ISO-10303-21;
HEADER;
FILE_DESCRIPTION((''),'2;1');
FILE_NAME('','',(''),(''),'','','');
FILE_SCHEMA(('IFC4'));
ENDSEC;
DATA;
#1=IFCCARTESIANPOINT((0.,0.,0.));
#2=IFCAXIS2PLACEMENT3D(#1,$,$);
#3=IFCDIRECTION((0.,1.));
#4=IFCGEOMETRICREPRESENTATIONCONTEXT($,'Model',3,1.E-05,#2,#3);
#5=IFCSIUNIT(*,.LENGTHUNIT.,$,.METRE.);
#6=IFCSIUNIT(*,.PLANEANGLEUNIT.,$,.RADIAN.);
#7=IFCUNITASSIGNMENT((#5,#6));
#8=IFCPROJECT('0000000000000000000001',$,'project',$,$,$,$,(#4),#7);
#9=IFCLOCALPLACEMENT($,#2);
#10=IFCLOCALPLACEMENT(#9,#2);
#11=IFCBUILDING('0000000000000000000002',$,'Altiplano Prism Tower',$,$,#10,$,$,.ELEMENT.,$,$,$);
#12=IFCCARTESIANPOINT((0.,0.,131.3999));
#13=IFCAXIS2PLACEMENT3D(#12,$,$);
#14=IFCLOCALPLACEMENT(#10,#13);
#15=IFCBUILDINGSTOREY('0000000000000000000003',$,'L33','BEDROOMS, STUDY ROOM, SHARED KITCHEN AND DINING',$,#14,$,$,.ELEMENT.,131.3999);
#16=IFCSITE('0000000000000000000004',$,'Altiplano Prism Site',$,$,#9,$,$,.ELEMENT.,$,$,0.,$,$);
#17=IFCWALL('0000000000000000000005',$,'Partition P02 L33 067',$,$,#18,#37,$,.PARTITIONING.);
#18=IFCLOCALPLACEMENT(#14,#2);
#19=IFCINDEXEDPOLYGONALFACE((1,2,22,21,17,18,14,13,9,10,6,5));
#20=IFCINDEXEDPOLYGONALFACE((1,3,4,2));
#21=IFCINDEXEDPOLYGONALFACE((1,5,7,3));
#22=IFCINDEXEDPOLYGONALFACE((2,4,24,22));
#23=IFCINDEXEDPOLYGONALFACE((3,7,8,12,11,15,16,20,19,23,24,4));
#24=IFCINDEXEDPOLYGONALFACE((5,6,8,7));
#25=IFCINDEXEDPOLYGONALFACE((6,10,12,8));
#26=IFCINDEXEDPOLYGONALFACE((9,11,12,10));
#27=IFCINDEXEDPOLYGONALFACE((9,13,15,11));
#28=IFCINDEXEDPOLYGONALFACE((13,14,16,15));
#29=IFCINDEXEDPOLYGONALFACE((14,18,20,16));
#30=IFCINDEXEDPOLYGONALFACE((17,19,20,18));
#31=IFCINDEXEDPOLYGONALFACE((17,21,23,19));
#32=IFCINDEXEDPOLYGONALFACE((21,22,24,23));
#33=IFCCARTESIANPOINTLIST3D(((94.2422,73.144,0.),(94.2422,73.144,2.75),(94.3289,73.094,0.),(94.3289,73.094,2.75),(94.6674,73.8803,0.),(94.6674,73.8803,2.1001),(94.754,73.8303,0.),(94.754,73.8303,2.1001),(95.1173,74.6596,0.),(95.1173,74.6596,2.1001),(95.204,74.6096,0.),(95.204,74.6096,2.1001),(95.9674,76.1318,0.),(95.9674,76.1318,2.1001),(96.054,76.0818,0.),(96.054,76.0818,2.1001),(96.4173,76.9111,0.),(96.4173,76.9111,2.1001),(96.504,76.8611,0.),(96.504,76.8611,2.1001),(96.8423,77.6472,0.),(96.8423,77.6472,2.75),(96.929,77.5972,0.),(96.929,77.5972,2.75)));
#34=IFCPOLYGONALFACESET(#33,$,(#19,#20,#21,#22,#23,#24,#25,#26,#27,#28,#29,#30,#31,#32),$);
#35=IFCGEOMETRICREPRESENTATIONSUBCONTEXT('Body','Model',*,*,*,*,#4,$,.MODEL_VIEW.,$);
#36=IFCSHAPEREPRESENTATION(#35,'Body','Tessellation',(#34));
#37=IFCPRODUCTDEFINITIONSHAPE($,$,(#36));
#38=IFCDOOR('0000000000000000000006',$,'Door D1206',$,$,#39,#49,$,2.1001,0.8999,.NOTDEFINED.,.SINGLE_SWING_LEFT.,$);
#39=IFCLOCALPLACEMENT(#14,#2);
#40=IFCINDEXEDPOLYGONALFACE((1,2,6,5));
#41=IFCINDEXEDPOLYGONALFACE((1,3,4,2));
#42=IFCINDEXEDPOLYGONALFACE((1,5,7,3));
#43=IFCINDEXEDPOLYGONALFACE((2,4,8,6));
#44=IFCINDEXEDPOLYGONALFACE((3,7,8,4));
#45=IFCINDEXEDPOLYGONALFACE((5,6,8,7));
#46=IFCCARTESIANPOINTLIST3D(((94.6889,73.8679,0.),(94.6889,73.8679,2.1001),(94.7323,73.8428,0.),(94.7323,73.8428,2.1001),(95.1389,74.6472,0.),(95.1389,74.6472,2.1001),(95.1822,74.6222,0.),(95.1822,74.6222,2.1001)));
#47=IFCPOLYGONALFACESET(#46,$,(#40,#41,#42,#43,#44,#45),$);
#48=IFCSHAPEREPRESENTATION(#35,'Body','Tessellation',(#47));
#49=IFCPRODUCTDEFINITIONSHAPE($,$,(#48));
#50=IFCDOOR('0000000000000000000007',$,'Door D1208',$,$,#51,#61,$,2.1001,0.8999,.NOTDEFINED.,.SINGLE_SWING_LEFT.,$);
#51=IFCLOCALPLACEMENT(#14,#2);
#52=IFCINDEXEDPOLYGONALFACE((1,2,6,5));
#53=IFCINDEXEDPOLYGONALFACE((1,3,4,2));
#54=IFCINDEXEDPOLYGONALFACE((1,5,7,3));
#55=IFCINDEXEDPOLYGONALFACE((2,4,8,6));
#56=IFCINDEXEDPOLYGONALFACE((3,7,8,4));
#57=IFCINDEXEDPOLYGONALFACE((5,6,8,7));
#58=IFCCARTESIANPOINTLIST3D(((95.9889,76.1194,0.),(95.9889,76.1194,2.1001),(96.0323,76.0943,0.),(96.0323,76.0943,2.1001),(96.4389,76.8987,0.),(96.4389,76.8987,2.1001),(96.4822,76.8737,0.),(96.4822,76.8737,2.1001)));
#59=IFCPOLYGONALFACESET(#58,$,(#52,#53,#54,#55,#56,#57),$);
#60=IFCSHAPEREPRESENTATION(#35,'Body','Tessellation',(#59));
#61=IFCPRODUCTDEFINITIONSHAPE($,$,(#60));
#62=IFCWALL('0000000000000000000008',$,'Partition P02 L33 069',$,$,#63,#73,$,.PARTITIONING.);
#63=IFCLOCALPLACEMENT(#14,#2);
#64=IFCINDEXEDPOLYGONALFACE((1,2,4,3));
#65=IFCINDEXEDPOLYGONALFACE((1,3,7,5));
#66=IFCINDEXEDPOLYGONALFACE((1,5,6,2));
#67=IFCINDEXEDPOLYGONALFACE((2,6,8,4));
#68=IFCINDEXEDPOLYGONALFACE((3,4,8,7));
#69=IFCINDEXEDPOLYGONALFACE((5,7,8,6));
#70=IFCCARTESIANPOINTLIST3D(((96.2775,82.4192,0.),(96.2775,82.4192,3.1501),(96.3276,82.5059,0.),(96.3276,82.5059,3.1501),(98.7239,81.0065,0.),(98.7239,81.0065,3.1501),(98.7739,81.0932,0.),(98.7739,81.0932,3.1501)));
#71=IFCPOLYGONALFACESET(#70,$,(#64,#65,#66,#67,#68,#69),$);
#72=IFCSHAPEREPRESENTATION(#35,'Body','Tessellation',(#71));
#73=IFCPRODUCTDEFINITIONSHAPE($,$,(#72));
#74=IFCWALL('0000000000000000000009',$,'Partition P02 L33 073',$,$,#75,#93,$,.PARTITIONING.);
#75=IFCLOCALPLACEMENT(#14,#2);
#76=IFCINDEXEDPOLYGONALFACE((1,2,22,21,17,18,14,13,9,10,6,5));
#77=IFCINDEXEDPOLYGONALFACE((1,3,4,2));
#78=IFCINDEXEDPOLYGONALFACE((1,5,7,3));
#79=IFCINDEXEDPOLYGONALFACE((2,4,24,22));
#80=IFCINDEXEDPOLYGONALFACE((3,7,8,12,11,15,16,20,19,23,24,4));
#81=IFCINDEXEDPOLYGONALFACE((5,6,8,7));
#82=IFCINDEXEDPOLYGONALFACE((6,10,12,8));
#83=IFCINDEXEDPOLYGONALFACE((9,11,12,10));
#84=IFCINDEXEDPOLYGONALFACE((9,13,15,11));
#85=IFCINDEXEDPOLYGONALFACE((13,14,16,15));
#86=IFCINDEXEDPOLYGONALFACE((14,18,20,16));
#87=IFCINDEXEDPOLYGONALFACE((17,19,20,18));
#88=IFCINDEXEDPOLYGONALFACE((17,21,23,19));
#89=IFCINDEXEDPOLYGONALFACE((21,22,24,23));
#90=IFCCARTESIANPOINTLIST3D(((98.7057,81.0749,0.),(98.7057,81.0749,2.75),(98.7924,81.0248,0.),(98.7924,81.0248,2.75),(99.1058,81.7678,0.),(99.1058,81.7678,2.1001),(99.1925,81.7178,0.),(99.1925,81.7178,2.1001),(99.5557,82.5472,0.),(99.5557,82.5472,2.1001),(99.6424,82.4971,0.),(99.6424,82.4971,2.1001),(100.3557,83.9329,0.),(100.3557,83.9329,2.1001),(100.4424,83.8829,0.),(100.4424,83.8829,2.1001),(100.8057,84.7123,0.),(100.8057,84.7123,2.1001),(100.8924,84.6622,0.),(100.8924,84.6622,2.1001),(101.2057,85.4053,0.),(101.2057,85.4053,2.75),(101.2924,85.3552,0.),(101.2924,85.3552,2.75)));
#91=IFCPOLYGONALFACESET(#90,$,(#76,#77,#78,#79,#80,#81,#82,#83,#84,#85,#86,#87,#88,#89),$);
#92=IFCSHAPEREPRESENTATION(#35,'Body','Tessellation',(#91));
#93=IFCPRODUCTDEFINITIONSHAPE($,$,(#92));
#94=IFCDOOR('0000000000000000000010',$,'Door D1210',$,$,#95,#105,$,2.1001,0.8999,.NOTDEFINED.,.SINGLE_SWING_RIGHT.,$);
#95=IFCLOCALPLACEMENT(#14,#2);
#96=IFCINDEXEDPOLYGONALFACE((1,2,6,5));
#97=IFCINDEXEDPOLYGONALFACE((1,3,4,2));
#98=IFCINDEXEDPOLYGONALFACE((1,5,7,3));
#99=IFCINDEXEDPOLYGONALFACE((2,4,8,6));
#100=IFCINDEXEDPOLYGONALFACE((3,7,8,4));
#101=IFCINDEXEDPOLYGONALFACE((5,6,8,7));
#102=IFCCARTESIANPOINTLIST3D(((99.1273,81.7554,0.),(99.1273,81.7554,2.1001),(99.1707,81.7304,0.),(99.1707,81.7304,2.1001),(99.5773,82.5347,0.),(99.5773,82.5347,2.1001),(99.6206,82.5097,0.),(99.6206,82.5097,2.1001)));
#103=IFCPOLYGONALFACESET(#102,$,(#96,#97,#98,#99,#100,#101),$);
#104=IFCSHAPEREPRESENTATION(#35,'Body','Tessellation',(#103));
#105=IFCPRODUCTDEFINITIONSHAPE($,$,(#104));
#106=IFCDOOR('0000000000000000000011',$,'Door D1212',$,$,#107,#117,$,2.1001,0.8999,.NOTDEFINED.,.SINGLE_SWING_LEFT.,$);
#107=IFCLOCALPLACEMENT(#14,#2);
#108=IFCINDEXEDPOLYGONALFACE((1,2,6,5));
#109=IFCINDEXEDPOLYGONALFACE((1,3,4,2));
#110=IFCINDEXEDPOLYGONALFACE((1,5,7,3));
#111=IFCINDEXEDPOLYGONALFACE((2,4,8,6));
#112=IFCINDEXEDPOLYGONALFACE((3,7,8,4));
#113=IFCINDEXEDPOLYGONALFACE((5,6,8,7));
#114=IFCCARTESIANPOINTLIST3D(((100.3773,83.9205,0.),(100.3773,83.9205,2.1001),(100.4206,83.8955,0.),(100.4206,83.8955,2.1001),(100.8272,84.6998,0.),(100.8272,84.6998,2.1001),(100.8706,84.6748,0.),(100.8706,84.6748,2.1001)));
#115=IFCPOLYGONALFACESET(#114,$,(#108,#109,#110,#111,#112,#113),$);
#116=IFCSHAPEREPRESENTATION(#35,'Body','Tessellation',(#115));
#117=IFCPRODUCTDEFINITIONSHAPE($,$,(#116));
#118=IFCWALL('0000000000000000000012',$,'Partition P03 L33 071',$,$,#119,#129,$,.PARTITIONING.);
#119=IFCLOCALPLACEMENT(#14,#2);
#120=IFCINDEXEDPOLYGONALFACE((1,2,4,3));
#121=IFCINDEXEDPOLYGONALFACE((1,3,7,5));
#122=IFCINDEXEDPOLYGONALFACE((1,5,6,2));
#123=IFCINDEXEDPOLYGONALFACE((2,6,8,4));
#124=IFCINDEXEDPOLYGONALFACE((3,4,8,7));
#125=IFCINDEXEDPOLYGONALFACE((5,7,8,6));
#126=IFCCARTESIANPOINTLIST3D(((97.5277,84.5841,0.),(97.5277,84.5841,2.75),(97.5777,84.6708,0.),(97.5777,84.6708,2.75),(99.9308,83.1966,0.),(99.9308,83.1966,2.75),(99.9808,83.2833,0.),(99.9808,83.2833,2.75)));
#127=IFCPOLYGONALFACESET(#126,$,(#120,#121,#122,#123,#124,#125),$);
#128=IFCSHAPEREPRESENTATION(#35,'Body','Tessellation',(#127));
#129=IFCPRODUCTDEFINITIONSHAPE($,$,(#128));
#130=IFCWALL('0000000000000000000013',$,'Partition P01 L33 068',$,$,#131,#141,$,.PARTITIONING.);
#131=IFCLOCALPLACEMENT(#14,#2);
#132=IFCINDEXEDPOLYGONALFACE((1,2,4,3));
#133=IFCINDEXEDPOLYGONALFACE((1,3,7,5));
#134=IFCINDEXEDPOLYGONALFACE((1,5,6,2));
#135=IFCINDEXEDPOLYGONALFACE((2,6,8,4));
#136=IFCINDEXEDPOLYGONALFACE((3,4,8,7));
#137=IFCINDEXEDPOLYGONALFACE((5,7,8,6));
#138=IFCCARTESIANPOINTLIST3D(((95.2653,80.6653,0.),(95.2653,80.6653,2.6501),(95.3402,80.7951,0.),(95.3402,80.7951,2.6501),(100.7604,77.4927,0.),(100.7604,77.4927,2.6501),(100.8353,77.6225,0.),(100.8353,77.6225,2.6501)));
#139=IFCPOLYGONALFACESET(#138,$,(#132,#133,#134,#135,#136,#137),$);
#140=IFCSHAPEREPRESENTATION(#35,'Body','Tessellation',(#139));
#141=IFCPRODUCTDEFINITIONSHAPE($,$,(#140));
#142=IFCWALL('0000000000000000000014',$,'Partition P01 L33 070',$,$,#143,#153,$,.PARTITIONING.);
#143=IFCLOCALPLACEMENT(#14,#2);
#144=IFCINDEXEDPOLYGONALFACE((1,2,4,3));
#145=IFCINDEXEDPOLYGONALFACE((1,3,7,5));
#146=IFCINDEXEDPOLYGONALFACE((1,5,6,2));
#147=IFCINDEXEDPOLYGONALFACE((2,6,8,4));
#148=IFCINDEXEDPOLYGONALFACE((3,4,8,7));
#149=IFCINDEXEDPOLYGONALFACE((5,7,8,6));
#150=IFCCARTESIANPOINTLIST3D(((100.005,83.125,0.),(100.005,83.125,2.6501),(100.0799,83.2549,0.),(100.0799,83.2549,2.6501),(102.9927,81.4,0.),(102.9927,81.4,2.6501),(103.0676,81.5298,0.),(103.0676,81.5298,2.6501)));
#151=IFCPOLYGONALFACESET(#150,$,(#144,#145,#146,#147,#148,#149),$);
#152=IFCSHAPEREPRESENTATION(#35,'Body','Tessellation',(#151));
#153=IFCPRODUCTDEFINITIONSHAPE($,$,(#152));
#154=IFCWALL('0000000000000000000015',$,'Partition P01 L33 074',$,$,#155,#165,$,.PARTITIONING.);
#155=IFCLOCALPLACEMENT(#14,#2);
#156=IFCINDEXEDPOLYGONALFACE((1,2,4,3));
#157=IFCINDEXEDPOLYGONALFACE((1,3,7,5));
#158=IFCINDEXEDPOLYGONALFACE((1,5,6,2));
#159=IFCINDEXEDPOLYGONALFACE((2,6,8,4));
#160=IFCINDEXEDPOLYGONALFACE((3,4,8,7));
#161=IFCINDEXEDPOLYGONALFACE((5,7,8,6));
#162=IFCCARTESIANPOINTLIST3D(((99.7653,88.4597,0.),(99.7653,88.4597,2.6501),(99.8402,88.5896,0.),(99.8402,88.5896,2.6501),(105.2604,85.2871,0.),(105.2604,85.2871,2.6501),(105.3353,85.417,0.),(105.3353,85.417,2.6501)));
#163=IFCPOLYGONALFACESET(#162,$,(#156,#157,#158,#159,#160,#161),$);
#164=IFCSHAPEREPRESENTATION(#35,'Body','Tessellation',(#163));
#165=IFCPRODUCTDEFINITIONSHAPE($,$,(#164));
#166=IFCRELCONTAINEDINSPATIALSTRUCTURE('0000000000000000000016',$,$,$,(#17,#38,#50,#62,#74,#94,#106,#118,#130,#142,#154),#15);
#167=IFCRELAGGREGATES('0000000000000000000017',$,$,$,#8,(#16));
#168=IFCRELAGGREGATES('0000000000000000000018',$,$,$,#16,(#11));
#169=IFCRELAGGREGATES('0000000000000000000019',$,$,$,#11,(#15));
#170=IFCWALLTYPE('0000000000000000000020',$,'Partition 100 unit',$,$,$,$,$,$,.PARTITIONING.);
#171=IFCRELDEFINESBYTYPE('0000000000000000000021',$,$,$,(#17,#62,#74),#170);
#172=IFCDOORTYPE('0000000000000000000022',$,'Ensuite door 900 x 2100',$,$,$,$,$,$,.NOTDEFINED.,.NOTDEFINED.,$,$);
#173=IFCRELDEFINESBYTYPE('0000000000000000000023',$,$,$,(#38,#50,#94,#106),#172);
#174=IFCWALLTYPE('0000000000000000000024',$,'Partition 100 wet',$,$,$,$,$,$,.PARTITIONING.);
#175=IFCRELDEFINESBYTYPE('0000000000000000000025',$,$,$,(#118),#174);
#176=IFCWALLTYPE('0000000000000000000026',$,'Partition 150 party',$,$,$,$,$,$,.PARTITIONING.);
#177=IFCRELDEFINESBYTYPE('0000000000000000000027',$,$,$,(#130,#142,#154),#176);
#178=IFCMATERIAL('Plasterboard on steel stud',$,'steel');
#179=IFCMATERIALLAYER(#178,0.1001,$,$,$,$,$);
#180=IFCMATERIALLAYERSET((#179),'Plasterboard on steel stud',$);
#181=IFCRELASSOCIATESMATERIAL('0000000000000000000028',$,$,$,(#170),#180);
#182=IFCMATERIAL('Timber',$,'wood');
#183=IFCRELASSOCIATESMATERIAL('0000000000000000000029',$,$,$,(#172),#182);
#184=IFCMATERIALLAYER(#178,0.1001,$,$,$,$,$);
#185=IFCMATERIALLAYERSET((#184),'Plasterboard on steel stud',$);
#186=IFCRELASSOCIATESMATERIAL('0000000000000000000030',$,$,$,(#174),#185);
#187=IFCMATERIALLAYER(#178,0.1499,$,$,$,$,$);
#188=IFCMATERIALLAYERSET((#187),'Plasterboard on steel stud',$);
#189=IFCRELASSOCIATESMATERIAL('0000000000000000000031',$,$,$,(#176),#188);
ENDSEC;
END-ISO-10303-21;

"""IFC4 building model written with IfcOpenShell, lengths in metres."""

from ifc_helpers import new_model, si_unit, direction, frame, frame_2d, origin, place, context, subcontext, project, spatial, rectangle, extrude, material, layer, layer_set, type_object, element, fill, save


model = new_model("IFC4")

# Units and contexts
model_context = context("Model", 3, precision=1e-05, world=origin(), true_north=direction((0.0, 1.0)))
body_context = subcontext(model_context, "Body", "Model", "MODEL_VIEW")
ifc_project = project(units=[si_unit("LENGTHUNIT", "METRE"), si_unit("PLANEANGLEUNIT", "RADIAN")], contexts=[model_context])

# Site, building, storey
site_placement = place(None, origin())
site = spatial("IfcSite", under=ifc_project, at=site_placement, Name="Altiplano Prism Site", CompositionType="ELEMENT", RefElevation=0.0)
building_placement = place(site_placement, origin())
building = spatial("IfcBuilding", under=site, at=building_placement, Name="Altiplano Prism Tower", CompositionType="ELEMENT")
storey_placement = place(building_placement, frame((0.0, 0.0, 131.3999)))
storey = spatial("IfcBuildingStorey", under=building, at=storey_placement, Name="L33", Description="BEDROOMS, STUDY ROOM, SHARED KITCHEN AND DINING", CompositionType="ELEMENT", Elevation=131.3999)

# Wall, openings, doors
ifc_material_1 = material(Name="Plasterboard on steel stud", Category="steel")
ifc_layer_1 = layer(ifc_material_1, 0.1001)
ifc_layer_set_1 = layer_set([ifc_layer_1], Name="Plasterboard on steel stud")
wall_type_1 = type_object("IfcWallType", Name="Partition 100 unit", PredefinedType="PARTITIONING", material=ifc_layer_set_1)
wall_1_placement = place(storey_placement, frame((96.8857, 77.6223, 0.0), z_axis=(0.0, 0.0, 1.0), x_axis=(-0.500027, -0.86601, 0.0)))
wall_1 = element("IfcWall", 1, at=wall_1_placement, inside=storey, type_object=wall_type_1, Name="Partition P02 L33 067", PredefinedType="PARTITIONING", context=body_context, shape_type="SweptSolid", body=[
    extrude(rectangle(XDim=5.2, YDim=0.1001, at=frame_2d((2.6001, 0.0))), origin(), (0.0, 0.0, 1.0), 2.75),
])
opening_1_placement = place(wall_1_placement, frame((3.45, 0.0, 0.0)))
opening_1 = element("IfcOpeningElement", 2, at=opening_1_placement, cuts=wall_1, PredefinedType="OPENING", context=body_context, shape_type="SweptSolid", body=[
    extrude(rectangle(XDim=0.8999, YDim=2.1001, at=frame_2d((0.45, 1.05))), frame((0.0, 0.0605, 0.0), z_axis=(0.0, -1.0, 0.0), x_axis=(1.0, 0.0, 0.0)), (0.0, 0.0, 1.0), 0.1211),
])
opening_2_placement = place(wall_1_placement, frame((0.8501, 0.0, 0.0)))
opening_2 = element("IfcOpeningElement", 3, at=opening_2_placement, cuts=wall_1, PredefinedType="OPENING", context=body_context, shape_type="SweptSolid", body=[
    extrude(rectangle(XDim=0.8999, YDim=2.1001, at=frame_2d((0.45, 1.05))), frame((0.0, 0.0605, 0.0), z_axis=(0.0, -1.0, 0.0), x_axis=(1.0, 0.0, 0.0)), (0.0, 0.0, 1.0), 0.1211),
])
ifc_material_2 = material(Name="Timber", Category="wood")
door_type = type_object("IfcDoorType", Name="Ensuite door 900 x 2100", OperationType="NOTDEFINED", PredefinedType="NOTDEFINED", material=ifc_material_2)
door_1_placement = place(opening_1_placement, origin())
door_1 = element("IfcDoor", 4, at=door_1_placement, inside=storey, type_object=door_type, Name="Door D1206", OperationType="SINGLE_SWING_LEFT", OverallHeight=2.1001, OverallWidth=0.8999, PredefinedType="NOTDEFINED", context=body_context, shape_type="SweptSolid", body=[
    extrude(rectangle(XDim=0.8999, YDim=2.1001, at=frame_2d((0.45, 1.05))), frame((0.0, 0.0249, 0.0), z_axis=(0.0, -1.0, 0.0), x_axis=(1.0, 0.0, 0.0)), (0.0, 0.0, 1.0), 0.05),
])
fill(opening_1, door_1)
door_2_placement = place(opening_2_placement, origin())
door_2 = element("IfcDoor", 5, at=door_2_placement, inside=storey, type_object=door_type, Name="Door D1208", OperationType="SINGLE_SWING_LEFT", OverallHeight=2.1001, OverallWidth=0.8999, PredefinedType="NOTDEFINED", context=body_context, shape_type="SweptSolid", body=[
    extrude(rectangle(XDim=0.8999, YDim=2.1001, at=frame_2d((0.45, 1.05))), frame((0.0, 0.0249, 0.0), z_axis=(0.0, -1.0, 0.0), x_axis=(1.0, 0.0, 0.0)), (0.0, 0.0, 1.0), 0.05),
])
fill(opening_2, door_2)

# Wall
wall_2_placement = place(storey_placement, frame((98.749, 81.0498, 0.0), z_axis=(0.0, 0.0, 1.0), x_axis=(-0.86599, 0.500062, 0.0)))
element("IfcWall", 6, at=wall_2_placement, inside=storey, type_object=wall_type_1, Name="Partition P02 L33 069", PredefinedType="PARTITIONING", context=body_context, shape_type="SweptSolid", body=[
    extrude(rectangle(XDim=2.825, YDim=0.1001, at=frame_2d((1.4126, 0.0))), origin(), (0.0, 0.0, 1.0), 3.1501),
])

# Wall, openings, doors
wall_3_placement = place(storey_placement, frame((101.249, 85.3801, 0.0), z_axis=(0.0, 0.0, 1.0), x_axis=(-0.499983, -0.866035, 0.0)))
wall_3 = element("IfcWall", 7, at=wall_3_placement, inside=storey, type_object=wall_type_1, Name="Partition P02 L33 073", PredefinedType="PARTITIONING", context=body_context, shape_type="SweptSolid", body=[
    extrude(rectangle(XDim=5.0002, YDim=0.1001, at=frame_2d((2.5, 0.0))), origin(), (0.0, 0.0, 1.0), 2.75),
])
opening_3_placement = place(wall_3_placement, frame((3.3, 0.0, 0.0)))
opening_3 = element("IfcOpeningElement", 8, at=opening_3_placement, cuts=wall_3, PredefinedType="OPENING", context=body_context, shape_type="SweptSolid", body=[
    extrude(rectangle(XDim=0.8999, YDim=2.1001, at=frame_2d((0.45, 1.05))), frame((0.0, 0.0605, 0.0), z_axis=(0.0, -1.0, 0.0), x_axis=(1.0, 0.0, 0.0)), (0.0, 0.0, 1.0), 0.1211),
])
opening_4_placement = place(wall_3_placement, frame((0.8, 0.0, 0.0)))
opening_4 = element("IfcOpeningElement", 9, at=opening_4_placement, cuts=wall_3, PredefinedType="OPENING", context=body_context, shape_type="SweptSolid", body=[
    extrude(rectangle(XDim=0.8999, YDim=2.1001, at=frame_2d((0.45, 1.05))), frame((0.0, 0.0605, 0.0), z_axis=(0.0, -1.0, 0.0), x_axis=(1.0, 0.0, 0.0)), (0.0, 0.0, 1.0), 0.1211),
])
door_3_placement = place(opening_3_placement, origin())
door_3 = element("IfcDoor", 10, at=door_3_placement, inside=storey, type_object=door_type, Name="Door D1210", OperationType="SINGLE_SWING_RIGHT", OverallHeight=2.1001, OverallWidth=0.8999, PredefinedType="NOTDEFINED", context=body_context, shape_type="SweptSolid", body=[
    extrude(rectangle(XDim=0.8999, YDim=2.1001, at=frame_2d((0.45, 1.05))), frame((0.0, 0.0249, 0.0), z_axis=(0.0, -1.0, 0.0), x_axis=(1.0, 0.0, 0.0)), (0.0, 0.0, 1.0), 0.05),
])
fill(opening_3, door_3)
door_4_placement = place(opening_4_placement, origin())
door_4 = element("IfcDoor", 11, at=door_4_placement, inside=storey, type_object=door_type, Name="Door D1212", OperationType="SINGLE_SWING_LEFT", OverallHeight=2.1001, OverallWidth=0.8999, PredefinedType="NOTDEFINED", context=body_context, shape_type="SweptSolid", body=[
    extrude(rectangle(XDim=0.8999, YDim=2.1001, at=frame_2d((0.45, 1.05))), frame((0.0, 0.0249, 0.0), z_axis=(0.0, -1.0, 0.0), x_axis=(1.0, 0.0, 0.0)), (0.0, 0.0, 1.0), 0.05),
])
fill(opening_4, door_4)

# Walls
ifc_layer_2 = layer(ifc_material_1, 0.1001)
ifc_layer_set_2 = layer_set([ifc_layer_2], Name="Plasterboard on steel stud")
wall_type_2 = type_object("IfcWallType", Name="Partition 100 wet", PredefinedType="PARTITIONING", material=ifc_layer_set_2)
wall_4_placement = place(storey_placement, frame((99.9558, 83.24, 0.0), z_axis=(0.0, 0.0, 1.0), x_axis=(-0.86602, 0.500009, 0.0)))
element("IfcWall", 12, at=wall_4_placement, inside=storey, type_object=wall_type_2, Name="Partition P03 L33 071", PredefinedType="PARTITIONING", context=body_context, shape_type="SweptSolid", body=[
    extrude(rectangle(XDim=2.7749, YDim=0.1001, at=frame_2d((1.3875, 0.0))), origin(), (0.0, 0.0, 1.0), 2.75),
])
ifc_layer_3 = layer(ifc_material_1, 0.1499)
ifc_layer_set_3 = layer_set([ifc_layer_3], Name="Plasterboard on steel stud")
wall_type_3 = type_object("IfcWallType", Name="Partition 150 party", PredefinedType="PARTITIONING", material=ifc_layer_set_3)
wall_5_placement = place(storey_placement, frame((100.7979, 77.5576, 0.0), z_axis=(0.0, 0.0, 1.0), x_axis=(-0.866025, 0.5, 0.0)))
element("IfcWall", 13, at=wall_5_placement, inside=storey, type_object=wall_type_3, Name="Partition P01 L33 068", PredefinedType="PARTITIONING", context=body_context, shape_type="SweptSolid", body=[
    extrude(rectangle(XDim=6.3452, YDim=0.1499, at=frame_2d((3.1726, 0.0))), origin(), (0.0, 0.0, 1.0), 2.6501),
])
wall_6_placement = place(storey_placement, frame((103.0303, 81.4648, 0.0), z_axis=(0.0, 0.0, 1.0), x_axis=(-0.866014, 0.500021, 0.0)))
element("IfcWall", 14, at=wall_6_placement, inside=storey, type_object=wall_type_3, Name="Partition P01 L33 070", PredefinedType="PARTITIONING", context=body_context, shape_type="SweptSolid", body=[
    extrude(rectangle(XDim=3.45, YDim=0.1499, at=frame_2d((1.7251, 0.0))), origin(), (0.0, 0.0, 1.0), 2.6501),
])
wall_7_placement = place(storey_placement, frame((105.2979, 85.3521, 0.0), z_axis=(0.0, 0.0, 1.0), x_axis=(-0.866025, 0.5, 0.0)))
element("IfcWall", 15, at=wall_7_placement, inside=storey, type_object=wall_type_3, Name="Partition P01 L33 074", PredefinedType="PARTITIONING", context=body_context, shape_type="SweptSolid", body=[
    extrude(rectangle(XDim=6.3452, YDim=0.1499, at=frame_2d((3.1726, 0.0))), origin(), (0.0, 0.0, 1.0), 2.6501),
])

save(model, "model.ifc")
